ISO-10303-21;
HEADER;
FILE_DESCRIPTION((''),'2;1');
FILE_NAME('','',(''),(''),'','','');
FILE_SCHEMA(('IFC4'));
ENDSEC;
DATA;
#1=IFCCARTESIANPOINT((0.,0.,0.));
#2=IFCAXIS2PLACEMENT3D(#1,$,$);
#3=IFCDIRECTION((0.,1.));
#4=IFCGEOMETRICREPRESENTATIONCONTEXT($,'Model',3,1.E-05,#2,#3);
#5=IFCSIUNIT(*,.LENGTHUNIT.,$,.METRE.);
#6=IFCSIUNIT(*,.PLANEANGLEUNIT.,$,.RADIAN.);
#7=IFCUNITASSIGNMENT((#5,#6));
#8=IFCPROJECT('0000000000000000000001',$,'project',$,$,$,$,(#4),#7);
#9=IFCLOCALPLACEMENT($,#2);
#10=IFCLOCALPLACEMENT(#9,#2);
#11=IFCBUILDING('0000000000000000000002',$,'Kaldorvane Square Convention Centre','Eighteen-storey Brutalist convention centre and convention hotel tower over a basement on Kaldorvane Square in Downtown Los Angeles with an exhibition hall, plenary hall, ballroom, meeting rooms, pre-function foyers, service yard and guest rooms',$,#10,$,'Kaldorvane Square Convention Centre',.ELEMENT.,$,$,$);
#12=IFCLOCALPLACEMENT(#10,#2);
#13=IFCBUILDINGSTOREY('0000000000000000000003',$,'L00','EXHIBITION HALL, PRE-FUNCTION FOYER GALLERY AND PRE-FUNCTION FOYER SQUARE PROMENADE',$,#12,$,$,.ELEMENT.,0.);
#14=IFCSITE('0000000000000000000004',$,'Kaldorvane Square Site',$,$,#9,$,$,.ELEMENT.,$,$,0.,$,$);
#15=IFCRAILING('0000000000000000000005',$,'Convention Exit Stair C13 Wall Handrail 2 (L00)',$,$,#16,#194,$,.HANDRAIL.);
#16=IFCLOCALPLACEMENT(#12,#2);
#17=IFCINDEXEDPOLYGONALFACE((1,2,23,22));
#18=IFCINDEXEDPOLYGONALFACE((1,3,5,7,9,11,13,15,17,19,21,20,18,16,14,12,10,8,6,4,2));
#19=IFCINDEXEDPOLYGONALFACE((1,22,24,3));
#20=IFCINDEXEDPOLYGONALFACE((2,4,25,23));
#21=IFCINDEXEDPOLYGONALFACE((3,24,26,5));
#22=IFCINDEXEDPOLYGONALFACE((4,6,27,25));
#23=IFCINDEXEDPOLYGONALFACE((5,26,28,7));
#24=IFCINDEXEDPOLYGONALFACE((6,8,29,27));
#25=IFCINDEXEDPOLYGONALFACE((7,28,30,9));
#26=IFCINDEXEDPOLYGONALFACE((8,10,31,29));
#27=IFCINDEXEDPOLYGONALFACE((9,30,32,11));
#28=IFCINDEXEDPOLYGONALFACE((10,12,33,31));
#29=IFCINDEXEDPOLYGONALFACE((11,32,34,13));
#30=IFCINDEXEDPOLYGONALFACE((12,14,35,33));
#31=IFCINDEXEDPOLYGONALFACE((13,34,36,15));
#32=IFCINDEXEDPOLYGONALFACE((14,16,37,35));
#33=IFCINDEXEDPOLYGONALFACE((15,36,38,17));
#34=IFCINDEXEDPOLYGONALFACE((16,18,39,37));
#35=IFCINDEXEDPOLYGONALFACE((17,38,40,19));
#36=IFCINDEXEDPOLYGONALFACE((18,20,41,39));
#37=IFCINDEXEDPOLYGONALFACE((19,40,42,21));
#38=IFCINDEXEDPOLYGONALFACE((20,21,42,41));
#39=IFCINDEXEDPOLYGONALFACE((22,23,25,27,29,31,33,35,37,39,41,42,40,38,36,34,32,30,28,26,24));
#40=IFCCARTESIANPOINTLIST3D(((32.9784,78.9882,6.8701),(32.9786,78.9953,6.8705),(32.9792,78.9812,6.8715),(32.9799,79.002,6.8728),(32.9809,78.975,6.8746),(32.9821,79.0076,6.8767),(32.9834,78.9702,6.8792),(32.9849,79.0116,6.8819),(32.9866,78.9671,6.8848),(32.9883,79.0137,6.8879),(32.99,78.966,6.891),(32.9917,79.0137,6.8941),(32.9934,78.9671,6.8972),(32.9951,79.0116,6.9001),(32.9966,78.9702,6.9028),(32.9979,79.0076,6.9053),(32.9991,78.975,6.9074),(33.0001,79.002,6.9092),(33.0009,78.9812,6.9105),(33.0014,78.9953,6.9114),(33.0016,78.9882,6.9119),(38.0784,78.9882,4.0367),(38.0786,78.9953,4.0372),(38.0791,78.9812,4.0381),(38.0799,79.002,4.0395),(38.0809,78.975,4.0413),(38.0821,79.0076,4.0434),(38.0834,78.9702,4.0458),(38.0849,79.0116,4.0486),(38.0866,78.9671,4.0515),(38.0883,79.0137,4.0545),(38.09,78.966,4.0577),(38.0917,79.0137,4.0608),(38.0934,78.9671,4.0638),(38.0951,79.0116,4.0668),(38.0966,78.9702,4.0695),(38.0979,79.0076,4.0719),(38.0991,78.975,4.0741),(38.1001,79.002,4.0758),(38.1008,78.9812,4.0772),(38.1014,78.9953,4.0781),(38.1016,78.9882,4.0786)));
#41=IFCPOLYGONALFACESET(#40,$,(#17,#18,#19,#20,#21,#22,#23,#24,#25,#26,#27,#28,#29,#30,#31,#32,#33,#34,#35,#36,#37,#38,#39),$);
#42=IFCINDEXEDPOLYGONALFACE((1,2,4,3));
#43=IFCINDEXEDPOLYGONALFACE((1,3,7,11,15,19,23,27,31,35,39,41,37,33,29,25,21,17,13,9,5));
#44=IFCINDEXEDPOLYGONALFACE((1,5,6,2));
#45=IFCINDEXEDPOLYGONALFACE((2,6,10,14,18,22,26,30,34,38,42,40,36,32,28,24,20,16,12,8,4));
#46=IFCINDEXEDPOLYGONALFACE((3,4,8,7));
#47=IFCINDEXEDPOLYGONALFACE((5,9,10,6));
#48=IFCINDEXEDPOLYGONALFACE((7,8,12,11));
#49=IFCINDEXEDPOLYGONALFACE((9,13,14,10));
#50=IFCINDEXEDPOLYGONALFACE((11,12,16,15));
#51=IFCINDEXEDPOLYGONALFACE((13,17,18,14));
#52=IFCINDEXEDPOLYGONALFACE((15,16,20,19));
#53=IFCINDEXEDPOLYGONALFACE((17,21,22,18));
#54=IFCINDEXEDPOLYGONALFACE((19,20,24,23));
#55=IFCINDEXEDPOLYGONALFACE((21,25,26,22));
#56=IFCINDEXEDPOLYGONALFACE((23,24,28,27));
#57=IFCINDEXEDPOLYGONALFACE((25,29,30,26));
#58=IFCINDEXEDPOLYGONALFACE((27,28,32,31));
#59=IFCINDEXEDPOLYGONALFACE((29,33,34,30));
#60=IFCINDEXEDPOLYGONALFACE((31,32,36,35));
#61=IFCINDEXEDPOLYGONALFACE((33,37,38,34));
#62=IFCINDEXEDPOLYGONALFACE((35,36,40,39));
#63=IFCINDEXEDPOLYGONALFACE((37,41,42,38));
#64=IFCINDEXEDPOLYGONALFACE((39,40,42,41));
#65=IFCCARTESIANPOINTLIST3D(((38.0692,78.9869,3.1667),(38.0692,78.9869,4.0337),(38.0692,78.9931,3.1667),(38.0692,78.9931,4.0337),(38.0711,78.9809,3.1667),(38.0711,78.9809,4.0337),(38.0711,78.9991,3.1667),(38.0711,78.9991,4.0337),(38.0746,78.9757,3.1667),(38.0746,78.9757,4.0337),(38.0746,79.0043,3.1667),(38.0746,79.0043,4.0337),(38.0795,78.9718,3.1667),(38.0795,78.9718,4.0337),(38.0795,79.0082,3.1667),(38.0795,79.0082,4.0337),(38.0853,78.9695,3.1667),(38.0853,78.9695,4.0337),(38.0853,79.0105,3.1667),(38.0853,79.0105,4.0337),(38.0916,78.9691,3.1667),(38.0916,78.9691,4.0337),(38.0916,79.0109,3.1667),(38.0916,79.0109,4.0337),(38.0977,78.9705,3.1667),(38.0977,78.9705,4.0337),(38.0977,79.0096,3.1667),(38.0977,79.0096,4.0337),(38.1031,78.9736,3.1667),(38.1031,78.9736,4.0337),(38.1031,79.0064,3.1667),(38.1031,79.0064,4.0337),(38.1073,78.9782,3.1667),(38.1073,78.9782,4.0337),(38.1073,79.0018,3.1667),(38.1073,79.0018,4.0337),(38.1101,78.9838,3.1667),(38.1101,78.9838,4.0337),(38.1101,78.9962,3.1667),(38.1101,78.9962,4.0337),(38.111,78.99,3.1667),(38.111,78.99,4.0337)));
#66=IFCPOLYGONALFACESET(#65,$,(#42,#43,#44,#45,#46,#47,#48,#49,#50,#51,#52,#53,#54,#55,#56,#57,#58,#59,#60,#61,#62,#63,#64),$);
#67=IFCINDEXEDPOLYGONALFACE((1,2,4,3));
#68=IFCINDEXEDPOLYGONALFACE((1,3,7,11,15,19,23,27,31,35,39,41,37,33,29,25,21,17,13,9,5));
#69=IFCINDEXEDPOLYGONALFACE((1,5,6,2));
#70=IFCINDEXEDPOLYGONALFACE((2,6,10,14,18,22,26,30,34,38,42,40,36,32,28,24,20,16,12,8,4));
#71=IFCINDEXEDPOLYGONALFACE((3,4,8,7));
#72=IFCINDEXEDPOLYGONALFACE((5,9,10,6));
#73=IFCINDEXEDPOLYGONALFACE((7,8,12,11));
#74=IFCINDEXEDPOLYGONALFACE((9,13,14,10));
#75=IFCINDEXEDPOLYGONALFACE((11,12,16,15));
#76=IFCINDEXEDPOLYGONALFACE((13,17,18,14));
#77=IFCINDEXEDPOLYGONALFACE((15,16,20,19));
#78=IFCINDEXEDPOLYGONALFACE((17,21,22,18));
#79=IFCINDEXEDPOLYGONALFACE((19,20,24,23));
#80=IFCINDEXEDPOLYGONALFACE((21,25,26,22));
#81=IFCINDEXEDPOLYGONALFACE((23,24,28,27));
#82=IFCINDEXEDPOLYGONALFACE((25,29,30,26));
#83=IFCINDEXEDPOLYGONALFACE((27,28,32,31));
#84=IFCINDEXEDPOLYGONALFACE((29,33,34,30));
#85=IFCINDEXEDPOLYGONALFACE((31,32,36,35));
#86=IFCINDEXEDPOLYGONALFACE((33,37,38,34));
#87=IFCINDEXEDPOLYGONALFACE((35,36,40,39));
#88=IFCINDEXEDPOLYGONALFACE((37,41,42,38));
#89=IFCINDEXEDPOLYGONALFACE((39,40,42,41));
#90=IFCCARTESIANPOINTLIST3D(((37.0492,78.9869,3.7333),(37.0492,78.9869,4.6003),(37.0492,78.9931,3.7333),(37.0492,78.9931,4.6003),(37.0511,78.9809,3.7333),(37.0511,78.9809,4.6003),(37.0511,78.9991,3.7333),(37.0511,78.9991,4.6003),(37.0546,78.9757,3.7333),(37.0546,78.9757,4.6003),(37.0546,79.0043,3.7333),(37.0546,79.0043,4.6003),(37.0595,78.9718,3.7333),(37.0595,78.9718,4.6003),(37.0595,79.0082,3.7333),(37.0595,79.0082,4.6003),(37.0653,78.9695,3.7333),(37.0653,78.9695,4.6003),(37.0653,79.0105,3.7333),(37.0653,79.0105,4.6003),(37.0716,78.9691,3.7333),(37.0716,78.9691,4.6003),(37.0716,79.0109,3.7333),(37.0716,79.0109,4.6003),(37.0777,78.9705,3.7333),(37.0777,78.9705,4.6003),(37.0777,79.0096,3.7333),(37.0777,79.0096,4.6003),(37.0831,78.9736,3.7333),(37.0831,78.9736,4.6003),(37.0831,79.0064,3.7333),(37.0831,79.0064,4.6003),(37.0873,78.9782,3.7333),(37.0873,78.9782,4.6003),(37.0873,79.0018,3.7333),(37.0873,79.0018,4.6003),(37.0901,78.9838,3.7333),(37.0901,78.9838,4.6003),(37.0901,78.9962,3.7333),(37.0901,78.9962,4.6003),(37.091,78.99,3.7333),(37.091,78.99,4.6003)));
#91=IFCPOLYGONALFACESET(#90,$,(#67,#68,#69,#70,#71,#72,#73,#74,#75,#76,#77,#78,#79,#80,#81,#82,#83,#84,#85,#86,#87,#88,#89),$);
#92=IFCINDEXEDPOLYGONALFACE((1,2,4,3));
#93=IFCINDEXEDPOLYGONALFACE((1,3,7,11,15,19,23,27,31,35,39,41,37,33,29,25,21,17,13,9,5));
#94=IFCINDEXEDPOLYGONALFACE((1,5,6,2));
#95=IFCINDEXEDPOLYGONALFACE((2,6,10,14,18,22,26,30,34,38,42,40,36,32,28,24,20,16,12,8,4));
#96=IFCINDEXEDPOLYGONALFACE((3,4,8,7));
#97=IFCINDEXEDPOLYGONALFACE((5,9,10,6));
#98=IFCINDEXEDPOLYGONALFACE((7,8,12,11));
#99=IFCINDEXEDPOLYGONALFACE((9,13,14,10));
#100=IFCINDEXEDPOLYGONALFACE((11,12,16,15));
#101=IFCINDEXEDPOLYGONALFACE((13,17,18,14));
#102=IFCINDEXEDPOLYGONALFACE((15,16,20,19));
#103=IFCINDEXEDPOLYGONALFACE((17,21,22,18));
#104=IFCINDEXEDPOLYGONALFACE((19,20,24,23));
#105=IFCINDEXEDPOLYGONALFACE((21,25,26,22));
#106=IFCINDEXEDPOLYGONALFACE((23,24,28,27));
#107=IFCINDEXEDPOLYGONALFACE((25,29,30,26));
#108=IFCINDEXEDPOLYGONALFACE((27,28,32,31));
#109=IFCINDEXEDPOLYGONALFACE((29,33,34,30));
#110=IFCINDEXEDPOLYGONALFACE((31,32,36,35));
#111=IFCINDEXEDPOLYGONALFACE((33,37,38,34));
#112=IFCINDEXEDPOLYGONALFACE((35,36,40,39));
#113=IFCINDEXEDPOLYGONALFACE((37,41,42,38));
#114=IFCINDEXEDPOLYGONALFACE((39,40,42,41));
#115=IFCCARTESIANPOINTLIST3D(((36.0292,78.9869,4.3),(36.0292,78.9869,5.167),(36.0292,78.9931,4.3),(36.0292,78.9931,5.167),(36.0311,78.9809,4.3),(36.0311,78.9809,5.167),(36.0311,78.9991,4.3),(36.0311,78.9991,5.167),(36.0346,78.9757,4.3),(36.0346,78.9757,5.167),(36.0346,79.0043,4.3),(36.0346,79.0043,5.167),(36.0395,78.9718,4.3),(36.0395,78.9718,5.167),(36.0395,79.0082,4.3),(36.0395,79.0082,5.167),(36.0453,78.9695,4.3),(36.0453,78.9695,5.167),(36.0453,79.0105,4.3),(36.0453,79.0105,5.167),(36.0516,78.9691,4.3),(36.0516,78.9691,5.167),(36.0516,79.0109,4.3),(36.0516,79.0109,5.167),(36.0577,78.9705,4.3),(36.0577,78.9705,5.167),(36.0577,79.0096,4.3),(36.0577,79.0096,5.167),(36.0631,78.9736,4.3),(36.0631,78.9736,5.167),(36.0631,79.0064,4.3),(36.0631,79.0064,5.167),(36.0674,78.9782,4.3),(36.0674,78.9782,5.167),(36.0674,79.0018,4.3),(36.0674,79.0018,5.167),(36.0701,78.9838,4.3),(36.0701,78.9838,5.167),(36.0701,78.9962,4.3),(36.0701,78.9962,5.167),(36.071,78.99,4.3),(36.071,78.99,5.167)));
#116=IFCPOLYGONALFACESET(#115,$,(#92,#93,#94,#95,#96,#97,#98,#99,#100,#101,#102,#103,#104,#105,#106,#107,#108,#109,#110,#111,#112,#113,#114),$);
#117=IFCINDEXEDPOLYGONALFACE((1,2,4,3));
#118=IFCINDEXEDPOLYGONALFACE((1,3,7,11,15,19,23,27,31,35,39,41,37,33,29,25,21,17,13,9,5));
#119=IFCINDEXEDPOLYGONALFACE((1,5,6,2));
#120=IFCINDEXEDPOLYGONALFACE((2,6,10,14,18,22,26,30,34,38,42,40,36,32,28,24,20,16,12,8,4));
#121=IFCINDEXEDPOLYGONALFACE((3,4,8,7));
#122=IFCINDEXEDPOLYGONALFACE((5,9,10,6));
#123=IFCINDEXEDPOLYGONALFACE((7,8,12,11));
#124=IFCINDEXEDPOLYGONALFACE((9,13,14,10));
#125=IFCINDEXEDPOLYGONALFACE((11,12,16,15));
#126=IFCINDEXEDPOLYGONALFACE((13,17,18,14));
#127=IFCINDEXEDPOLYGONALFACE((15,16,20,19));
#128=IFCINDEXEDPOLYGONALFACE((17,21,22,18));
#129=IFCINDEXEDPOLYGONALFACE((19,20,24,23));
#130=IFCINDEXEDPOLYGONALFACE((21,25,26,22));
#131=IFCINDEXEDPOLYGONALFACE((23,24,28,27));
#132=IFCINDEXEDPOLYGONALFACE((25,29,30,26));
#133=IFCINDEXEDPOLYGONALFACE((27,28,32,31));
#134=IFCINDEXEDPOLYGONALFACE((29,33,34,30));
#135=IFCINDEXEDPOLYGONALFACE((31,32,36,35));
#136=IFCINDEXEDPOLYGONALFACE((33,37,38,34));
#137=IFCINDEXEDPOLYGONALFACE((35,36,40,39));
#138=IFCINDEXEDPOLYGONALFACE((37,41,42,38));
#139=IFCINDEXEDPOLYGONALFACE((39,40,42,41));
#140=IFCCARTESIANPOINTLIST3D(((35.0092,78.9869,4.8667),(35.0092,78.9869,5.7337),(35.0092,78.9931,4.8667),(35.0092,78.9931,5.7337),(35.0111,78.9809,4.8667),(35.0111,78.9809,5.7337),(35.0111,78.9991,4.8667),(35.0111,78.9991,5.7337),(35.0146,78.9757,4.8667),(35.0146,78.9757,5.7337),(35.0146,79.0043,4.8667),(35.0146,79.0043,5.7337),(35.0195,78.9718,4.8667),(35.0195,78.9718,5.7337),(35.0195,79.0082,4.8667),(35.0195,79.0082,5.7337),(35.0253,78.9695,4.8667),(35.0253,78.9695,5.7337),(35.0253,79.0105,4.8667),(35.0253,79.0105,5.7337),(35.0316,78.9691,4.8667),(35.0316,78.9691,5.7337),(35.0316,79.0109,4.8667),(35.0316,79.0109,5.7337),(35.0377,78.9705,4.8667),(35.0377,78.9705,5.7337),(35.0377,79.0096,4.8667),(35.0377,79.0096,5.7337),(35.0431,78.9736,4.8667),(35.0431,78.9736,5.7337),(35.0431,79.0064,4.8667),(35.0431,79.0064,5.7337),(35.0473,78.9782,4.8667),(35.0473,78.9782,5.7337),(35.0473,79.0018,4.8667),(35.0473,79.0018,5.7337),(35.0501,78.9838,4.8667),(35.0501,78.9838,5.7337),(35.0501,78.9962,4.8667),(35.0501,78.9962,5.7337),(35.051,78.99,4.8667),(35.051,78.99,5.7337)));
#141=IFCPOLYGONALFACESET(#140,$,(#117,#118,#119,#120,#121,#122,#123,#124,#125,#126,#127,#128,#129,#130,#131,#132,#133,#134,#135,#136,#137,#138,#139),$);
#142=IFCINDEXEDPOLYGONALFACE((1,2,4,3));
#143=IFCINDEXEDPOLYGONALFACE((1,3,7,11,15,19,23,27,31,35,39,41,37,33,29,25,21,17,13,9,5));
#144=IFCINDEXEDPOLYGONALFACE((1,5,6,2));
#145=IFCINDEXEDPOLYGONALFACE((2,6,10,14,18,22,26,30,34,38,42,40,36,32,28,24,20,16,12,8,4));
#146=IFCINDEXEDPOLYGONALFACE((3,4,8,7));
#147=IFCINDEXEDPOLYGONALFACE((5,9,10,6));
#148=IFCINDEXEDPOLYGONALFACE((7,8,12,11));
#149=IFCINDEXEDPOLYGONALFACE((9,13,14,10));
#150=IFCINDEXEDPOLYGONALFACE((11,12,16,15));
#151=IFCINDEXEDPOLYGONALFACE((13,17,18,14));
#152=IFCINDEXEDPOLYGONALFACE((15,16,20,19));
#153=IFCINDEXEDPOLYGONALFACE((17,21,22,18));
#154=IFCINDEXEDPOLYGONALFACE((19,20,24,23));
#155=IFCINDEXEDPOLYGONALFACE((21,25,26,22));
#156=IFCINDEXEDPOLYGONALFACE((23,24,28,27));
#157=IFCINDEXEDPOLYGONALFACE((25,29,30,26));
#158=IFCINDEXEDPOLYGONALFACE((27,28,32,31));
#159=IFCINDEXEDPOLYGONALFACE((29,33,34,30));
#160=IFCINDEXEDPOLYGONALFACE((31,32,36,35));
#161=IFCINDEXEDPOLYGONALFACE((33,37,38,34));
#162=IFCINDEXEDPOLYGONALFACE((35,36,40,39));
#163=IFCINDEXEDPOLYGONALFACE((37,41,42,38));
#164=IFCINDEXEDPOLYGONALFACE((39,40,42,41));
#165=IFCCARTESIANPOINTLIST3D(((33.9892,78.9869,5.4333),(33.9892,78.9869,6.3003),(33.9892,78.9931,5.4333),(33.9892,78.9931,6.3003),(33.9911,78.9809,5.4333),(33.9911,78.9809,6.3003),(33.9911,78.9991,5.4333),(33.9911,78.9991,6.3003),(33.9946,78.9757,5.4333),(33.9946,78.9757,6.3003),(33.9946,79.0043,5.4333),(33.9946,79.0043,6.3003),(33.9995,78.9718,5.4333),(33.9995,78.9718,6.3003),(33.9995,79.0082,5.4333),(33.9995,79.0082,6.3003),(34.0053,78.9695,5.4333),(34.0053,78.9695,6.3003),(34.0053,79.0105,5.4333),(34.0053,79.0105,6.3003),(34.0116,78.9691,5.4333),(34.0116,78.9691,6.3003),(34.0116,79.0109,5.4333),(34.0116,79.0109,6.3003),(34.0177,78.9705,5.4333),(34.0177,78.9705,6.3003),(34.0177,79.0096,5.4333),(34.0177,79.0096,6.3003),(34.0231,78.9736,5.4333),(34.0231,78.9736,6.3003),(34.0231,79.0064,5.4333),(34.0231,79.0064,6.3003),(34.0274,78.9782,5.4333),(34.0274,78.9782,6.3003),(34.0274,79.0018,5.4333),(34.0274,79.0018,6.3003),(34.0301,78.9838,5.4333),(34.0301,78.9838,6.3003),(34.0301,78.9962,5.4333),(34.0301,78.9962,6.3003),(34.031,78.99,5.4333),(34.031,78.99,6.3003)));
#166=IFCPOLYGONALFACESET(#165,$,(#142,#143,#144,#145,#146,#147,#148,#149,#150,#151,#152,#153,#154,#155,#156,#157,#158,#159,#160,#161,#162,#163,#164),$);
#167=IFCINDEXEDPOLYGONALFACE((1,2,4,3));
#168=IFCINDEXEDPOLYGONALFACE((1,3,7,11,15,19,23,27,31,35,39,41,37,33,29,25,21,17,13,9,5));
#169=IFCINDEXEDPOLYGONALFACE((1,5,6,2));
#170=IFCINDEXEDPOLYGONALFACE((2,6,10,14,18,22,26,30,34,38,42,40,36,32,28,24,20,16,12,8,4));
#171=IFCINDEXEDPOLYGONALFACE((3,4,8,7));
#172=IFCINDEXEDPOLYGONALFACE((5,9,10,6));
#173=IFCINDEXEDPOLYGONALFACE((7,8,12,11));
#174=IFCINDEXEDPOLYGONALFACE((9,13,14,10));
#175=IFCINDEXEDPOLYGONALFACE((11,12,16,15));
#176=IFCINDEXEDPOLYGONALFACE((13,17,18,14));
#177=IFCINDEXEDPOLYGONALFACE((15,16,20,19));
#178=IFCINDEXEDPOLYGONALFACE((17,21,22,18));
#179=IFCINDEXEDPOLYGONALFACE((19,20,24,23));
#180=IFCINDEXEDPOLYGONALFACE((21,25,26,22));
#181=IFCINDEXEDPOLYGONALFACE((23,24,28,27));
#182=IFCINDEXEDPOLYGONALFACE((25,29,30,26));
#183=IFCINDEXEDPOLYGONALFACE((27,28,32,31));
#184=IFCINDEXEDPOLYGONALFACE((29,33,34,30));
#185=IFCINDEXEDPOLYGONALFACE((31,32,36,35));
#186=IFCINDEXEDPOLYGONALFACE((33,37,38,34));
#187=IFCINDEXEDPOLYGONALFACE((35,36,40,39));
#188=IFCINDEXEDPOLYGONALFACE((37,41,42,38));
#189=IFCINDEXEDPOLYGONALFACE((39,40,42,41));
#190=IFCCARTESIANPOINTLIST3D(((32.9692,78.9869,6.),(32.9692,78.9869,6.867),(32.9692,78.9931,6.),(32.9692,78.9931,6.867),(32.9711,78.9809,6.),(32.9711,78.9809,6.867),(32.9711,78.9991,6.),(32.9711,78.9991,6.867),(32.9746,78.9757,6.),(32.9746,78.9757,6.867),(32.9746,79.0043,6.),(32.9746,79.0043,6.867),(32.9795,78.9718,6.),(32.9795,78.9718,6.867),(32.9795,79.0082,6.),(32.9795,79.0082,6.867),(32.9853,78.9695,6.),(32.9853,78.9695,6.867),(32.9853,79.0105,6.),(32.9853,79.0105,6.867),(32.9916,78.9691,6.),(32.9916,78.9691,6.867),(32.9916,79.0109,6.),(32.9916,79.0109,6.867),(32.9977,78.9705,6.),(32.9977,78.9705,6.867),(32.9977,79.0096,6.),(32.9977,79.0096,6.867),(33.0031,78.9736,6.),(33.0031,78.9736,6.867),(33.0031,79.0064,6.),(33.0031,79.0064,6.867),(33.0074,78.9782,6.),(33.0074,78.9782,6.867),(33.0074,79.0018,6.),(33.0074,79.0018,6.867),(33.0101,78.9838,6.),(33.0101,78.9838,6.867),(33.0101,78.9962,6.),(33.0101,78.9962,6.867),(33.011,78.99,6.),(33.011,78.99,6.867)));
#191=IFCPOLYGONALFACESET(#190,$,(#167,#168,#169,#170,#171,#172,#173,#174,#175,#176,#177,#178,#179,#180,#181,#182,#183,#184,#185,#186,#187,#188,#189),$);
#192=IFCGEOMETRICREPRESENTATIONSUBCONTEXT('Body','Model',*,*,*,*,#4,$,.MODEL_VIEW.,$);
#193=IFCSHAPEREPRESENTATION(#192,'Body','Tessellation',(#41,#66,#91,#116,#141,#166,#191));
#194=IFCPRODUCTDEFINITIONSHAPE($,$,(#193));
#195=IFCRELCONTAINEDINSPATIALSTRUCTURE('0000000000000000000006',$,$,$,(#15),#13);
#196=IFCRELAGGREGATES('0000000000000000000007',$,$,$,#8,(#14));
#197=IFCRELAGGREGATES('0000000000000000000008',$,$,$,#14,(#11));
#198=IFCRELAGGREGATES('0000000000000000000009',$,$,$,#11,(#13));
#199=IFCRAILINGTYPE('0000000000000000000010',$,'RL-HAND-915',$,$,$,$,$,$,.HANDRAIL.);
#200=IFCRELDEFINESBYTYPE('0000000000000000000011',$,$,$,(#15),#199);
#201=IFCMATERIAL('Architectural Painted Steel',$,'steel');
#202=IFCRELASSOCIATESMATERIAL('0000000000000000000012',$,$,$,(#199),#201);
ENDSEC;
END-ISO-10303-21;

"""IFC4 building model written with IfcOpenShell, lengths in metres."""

from ifc_helpers import new_model, si_unit, direction, frame, origin, origin_2d, place, context, subcontext, project, spatial, circle, extrude, material, type_object, element, save


model = new_model("IFC4")

# Units and contexts
model_context = context("Model", 3, precision=1e-05, world=origin(), true_north=direction((0.0, 1.0)))
body_context = subcontext(model_context, "Body", "Model", "MODEL_VIEW")
ifc_project = project(units=[si_unit("LENGTHUNIT", "METRE"), si_unit("PLANEANGLEUNIT", "RADIAN")], contexts=[model_context])

# Site, building, storey
site_placement = place(None, origin())
site = spatial("IfcSite", under=ifc_project, at=site_placement, Name="Kaldorvane Square Site", CompositionType="ELEMENT", RefElevation=0.0)
building_placement = place(site_placement, origin())
building = spatial("IfcBuilding", under=site, at=building_placement, Name="Kaldorvane Square Convention Centre", Description="Eighteen-storey Brutalist convention centre and convention hotel tower over a basement on Kaldorvane Square in Downtown Los Angeles with an exhibition hall, plenary hall, ballroom, meeting rooms, pre-function foyers, service yard and guest rooms", LongName="Kaldorvane Square Convention Centre", CompositionType="ELEMENT")
storey_placement = place(building_placement, origin())
storey = spatial("IfcBuildingStorey", under=building, at=storey_placement, Name="L00", Description="EXHIBITION HALL, PRE-FUNCTION FOYER GALLERY AND PRE-FUNCTION FOYER SQUARE PROMENADE", CompositionType="ELEMENT", Elevation=0.0)

# Railing
ifc_material_1 = material(Name="Architectural Painted Steel", Category="steel")
railing_type_1 = type_object("IfcRailingType", Name="RL-HAND-915", PredefinedType="HANDRAIL", material=ifc_material_1)
railing_1_placement = place(storey_placement, frame((38.09, 78.99, 3.1667)))
element("IfcRailing", 1, at=railing_1_placement, inside=storey, type_object=railing_type_1, Name="Convention Exit Stair C13 Wall Handrail 2 (L00)", PredefinedType="HANDRAIL", context=body_context, shape_type="SweptSolid", body=[
    extrude(circle(Radius=0.024, at=origin_2d()), frame((0.0, 0.0, 0.891), z_axis=(-0.874157, 0.0, 0.485643), x_axis=(0.0, -1.0, 0.0)), (0.0, 0.0, 1.0), 5.8342),
    extrude(circle(Radius=0.021, at=origin_2d()), origin(), (0.0, 0.0, 1.0), 0.867),
    extrude(circle(Radius=0.021, at=origin_2d()), frame((-1.02, 0.0, 0.5667)), (0.0, 0.0, 1.0), 0.867),
    extrude(circle(Radius=0.021, at=origin_2d()), frame((-2.04, 0.0, 1.1333)), (0.0, 0.0, 1.0), 0.867),
    extrude(circle(Radius=0.021, at=origin_2d()), frame((-3.06, 0.0, 1.7)), (0.0, 0.0, 1.0), 0.867),
    extrude(circle(Radius=0.021, at=origin_2d()), frame((-4.08, 0.0, 2.2667)), (0.0, 0.0, 1.0), 0.867),
    extrude(circle(Radius=0.021, at=origin_2d()), frame((-5.1, 0.0, 2.8333)), (0.0, 0.0, 1.0), 0.867),
])

save(model, "model.ifc")
